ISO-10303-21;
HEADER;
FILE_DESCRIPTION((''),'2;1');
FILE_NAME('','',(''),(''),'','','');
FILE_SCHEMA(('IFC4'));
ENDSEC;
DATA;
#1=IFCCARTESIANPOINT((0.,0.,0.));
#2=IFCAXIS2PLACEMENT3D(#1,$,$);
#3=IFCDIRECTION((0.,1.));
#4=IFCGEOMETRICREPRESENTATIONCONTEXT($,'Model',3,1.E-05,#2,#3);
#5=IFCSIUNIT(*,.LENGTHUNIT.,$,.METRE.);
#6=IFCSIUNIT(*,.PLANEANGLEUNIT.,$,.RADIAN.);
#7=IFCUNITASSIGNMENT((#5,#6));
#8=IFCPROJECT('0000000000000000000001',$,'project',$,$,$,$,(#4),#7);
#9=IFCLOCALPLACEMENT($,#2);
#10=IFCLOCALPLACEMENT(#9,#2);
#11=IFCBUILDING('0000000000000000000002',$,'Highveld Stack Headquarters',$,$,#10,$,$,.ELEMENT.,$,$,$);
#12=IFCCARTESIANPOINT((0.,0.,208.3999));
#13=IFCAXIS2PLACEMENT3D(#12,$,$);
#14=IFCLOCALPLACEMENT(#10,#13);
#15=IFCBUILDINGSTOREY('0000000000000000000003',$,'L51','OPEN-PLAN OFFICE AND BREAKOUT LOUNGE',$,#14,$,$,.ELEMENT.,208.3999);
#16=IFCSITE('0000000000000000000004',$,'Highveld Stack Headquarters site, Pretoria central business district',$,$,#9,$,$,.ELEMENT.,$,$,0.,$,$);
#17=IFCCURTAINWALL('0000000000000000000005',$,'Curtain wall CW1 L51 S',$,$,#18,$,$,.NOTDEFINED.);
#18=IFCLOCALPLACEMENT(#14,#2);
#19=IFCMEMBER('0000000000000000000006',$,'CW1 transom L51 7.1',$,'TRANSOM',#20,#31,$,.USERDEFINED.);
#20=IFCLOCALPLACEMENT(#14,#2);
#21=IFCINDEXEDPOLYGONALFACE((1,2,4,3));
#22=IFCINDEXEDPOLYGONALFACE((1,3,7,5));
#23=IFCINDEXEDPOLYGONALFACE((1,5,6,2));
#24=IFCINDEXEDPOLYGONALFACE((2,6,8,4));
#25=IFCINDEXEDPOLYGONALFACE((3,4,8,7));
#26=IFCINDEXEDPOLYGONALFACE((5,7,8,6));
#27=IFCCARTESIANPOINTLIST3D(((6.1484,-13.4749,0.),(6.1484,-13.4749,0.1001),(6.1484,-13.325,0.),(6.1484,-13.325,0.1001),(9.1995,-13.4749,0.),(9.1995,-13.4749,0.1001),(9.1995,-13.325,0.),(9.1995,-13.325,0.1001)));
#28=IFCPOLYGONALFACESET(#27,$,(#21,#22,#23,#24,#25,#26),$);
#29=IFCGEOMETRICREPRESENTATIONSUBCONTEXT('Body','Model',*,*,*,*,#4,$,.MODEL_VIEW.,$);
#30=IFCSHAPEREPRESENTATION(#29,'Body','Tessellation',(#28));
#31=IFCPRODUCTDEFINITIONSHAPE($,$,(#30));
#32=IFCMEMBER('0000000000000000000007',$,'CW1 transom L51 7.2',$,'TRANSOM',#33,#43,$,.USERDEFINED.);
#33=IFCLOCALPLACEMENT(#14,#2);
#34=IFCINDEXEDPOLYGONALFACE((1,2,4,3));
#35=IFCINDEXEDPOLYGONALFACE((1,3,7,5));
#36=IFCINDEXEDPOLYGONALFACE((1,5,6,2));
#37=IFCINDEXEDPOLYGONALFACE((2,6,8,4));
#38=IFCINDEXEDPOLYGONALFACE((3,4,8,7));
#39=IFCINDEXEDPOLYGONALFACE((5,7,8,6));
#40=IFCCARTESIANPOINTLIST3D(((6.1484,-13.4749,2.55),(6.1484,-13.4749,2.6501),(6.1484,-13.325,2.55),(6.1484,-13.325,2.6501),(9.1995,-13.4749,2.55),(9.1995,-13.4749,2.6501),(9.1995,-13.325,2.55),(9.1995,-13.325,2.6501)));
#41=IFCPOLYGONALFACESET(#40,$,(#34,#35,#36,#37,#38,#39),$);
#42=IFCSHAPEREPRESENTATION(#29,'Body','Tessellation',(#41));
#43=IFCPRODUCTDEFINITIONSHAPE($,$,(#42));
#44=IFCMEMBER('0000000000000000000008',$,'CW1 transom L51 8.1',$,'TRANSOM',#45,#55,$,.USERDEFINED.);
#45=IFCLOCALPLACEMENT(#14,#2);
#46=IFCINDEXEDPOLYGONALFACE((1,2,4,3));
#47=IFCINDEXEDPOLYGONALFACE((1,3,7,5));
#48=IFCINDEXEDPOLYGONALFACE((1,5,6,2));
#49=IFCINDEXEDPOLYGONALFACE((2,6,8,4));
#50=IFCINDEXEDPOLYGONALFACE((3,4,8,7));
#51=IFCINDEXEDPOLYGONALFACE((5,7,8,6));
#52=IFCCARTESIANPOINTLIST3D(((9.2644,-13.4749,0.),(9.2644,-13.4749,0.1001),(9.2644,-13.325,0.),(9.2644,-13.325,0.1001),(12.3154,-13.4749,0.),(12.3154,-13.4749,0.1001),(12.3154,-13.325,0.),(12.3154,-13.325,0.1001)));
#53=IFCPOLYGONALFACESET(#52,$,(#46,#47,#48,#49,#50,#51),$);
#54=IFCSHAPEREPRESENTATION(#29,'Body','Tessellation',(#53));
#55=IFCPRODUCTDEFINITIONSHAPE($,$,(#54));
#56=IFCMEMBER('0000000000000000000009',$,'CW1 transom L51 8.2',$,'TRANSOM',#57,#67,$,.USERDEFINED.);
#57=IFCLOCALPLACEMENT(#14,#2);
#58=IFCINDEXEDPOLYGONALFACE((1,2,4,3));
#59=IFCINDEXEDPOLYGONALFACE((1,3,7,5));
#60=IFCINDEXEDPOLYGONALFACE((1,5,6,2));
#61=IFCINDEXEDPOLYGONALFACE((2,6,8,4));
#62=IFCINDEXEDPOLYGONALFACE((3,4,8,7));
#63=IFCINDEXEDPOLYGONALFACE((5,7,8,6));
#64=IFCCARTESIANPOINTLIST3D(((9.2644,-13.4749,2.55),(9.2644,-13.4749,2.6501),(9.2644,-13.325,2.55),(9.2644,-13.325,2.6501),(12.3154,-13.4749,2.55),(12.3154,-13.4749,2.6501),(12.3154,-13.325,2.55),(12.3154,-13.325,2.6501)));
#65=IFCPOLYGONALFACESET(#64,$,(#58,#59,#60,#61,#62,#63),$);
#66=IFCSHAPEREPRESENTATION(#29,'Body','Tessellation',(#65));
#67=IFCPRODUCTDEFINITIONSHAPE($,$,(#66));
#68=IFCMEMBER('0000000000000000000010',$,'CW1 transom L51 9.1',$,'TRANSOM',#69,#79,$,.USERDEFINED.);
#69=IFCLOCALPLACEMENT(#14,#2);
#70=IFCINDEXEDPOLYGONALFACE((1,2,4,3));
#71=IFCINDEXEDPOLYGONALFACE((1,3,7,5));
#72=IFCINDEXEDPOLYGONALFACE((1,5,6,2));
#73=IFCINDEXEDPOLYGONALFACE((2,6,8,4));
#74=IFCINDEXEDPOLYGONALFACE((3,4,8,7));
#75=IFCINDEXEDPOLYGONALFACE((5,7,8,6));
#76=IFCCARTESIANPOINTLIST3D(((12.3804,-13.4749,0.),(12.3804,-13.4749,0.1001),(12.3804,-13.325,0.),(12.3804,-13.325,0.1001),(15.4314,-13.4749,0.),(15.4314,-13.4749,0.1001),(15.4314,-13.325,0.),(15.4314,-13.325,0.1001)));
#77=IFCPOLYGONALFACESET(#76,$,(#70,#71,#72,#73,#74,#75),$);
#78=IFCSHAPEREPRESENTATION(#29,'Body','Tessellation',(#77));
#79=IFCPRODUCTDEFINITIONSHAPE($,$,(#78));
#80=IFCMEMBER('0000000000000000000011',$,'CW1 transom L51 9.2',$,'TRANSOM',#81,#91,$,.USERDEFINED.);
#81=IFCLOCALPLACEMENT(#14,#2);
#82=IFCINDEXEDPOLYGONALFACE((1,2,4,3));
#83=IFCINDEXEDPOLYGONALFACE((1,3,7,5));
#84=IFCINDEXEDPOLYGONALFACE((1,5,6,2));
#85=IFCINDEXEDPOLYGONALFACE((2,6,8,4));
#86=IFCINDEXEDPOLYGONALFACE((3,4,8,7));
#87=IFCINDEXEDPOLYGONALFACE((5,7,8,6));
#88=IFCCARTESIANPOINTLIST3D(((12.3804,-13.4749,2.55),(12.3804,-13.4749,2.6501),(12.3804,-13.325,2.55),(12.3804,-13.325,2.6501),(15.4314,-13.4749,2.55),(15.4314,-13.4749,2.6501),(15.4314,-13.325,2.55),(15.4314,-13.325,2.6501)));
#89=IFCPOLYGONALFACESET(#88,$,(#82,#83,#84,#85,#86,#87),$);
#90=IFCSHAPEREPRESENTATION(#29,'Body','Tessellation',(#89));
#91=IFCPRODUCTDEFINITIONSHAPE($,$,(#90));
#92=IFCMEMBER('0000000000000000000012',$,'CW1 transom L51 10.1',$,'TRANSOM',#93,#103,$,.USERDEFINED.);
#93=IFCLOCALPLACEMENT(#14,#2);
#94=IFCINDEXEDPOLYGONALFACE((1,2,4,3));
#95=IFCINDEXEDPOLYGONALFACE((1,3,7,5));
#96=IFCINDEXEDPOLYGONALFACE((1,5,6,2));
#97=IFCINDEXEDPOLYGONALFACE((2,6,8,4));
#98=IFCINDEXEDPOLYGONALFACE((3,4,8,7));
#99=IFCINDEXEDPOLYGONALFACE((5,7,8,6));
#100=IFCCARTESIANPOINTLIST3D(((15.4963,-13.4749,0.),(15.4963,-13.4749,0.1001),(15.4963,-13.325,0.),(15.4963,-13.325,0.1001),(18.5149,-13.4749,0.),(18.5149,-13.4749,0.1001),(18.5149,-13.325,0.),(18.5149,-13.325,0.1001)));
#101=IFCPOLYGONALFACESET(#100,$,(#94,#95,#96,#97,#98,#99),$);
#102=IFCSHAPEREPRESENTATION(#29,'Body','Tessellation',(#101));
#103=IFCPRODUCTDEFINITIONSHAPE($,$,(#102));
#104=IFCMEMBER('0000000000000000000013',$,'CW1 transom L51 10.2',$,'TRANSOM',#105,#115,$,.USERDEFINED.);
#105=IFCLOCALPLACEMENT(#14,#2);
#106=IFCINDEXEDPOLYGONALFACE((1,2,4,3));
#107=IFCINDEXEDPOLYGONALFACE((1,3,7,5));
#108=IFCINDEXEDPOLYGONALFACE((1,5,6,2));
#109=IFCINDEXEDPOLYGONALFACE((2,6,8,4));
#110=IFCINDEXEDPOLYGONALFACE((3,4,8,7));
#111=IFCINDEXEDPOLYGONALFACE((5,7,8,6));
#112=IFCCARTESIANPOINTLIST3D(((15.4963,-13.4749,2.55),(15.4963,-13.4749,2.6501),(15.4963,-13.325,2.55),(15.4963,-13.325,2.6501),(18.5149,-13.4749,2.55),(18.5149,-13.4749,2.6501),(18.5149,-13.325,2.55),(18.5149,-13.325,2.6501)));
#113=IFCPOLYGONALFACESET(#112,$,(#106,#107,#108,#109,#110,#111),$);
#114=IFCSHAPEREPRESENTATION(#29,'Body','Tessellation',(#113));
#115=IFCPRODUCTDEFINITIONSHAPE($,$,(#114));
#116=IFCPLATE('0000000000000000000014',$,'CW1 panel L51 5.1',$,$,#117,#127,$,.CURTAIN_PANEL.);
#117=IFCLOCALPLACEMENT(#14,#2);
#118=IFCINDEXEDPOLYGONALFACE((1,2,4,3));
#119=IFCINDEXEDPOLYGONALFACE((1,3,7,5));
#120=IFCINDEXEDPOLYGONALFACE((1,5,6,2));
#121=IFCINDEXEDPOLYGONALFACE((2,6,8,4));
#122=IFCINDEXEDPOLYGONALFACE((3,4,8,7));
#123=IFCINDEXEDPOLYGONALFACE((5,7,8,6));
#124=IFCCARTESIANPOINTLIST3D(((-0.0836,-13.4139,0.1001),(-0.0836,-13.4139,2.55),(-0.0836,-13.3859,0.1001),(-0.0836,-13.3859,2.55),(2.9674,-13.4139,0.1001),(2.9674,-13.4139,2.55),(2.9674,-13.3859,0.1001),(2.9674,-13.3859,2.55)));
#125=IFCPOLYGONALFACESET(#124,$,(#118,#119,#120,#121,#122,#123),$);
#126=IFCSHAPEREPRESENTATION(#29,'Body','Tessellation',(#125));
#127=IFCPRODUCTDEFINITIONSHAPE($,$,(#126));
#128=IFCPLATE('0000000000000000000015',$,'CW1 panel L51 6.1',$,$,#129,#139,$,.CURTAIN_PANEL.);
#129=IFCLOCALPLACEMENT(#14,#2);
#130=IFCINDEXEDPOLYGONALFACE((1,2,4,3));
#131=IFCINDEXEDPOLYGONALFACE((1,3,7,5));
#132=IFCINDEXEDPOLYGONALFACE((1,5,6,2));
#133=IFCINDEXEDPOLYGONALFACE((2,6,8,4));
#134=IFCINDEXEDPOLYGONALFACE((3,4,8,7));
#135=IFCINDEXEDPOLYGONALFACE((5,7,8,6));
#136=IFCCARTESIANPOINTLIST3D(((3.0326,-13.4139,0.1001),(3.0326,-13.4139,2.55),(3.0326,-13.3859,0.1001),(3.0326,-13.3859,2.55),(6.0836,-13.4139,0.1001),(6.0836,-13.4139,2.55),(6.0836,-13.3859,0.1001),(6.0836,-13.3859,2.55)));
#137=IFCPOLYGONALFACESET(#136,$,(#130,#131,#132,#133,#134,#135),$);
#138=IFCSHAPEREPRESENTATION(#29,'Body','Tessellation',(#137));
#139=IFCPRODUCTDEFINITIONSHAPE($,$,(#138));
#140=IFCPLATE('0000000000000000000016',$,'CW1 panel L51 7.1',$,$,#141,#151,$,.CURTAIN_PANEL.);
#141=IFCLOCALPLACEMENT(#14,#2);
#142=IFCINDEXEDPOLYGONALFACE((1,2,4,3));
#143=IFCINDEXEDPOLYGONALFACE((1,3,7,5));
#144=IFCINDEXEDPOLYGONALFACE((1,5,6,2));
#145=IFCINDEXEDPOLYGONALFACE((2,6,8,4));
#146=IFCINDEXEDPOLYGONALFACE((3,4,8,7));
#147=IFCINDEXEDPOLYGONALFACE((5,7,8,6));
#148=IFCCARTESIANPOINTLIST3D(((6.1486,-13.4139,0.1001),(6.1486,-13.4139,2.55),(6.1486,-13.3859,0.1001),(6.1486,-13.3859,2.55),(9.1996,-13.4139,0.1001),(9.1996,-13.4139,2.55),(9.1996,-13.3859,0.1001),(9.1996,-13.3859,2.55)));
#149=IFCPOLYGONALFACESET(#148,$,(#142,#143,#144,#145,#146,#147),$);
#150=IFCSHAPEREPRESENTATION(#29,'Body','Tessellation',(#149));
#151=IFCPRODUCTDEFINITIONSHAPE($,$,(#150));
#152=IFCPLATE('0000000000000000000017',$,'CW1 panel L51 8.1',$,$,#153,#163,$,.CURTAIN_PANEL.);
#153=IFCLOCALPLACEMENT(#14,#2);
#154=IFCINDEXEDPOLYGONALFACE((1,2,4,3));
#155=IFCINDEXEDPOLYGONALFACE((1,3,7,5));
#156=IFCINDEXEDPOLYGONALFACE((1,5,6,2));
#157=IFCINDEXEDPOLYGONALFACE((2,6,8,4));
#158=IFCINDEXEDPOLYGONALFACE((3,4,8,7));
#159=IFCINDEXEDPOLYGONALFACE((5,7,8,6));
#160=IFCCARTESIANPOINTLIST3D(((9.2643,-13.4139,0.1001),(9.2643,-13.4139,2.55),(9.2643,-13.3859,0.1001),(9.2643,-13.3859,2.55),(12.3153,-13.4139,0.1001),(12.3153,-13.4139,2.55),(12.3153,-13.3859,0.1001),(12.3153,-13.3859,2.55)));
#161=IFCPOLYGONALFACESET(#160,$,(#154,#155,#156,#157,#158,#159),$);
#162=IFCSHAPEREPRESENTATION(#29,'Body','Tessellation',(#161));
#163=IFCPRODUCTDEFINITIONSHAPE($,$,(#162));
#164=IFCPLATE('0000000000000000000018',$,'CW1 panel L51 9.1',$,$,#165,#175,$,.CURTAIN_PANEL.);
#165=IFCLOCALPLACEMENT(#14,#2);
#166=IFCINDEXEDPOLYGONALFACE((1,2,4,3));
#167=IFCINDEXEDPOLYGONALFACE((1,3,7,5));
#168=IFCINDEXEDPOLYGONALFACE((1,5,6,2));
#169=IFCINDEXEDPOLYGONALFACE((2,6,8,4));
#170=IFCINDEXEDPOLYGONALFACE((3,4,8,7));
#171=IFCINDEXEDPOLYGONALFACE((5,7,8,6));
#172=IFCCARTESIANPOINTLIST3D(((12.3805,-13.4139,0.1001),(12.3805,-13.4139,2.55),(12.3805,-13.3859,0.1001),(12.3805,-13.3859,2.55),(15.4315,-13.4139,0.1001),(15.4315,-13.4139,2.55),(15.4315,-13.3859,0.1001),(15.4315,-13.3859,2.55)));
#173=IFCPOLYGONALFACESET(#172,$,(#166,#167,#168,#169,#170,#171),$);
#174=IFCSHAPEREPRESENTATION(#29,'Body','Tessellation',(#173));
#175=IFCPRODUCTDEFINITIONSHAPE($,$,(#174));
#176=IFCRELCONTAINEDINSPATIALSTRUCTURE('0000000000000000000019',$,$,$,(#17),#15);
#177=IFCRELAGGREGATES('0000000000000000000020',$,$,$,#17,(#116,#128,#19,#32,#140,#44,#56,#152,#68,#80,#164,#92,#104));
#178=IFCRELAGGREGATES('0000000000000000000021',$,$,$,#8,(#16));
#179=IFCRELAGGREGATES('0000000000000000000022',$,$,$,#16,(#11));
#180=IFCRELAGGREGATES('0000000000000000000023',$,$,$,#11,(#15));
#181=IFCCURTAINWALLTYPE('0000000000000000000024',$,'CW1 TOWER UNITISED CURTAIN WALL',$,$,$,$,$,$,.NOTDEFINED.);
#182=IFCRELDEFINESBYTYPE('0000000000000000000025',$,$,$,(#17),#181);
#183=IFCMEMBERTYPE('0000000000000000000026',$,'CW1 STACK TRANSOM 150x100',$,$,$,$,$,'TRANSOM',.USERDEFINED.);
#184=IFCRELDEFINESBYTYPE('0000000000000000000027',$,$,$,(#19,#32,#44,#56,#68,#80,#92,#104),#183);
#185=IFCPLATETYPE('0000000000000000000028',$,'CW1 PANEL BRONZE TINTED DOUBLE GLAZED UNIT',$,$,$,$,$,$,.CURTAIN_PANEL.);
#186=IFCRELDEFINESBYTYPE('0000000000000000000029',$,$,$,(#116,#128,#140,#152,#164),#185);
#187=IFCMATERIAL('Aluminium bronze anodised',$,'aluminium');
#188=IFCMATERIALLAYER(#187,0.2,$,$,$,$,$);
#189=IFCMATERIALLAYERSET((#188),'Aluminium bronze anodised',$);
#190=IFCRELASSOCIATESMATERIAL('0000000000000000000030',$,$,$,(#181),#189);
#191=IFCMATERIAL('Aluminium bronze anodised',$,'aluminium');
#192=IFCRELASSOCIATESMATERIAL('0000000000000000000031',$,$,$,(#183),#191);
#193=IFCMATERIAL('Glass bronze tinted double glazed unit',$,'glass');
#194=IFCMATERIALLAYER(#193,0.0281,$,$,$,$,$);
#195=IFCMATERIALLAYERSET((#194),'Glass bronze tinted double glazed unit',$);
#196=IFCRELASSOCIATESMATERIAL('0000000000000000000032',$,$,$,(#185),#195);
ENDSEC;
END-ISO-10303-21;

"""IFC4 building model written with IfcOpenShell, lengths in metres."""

from ifc_helpers import new_model, si_unit, direction, frame, origin, origin_2d, place, context, subcontext, project, spatial, rectangle, extrude, material, layer, layer_set, material_profile, profile_set, type_object, element, aggregate, save


model = new_model("IFC4")

# Units and contexts
model_context = context("Model", 3, precision=1e-05, world=origin(), true_north=direction((0.0, 1.0)))
body_context = subcontext(model_context, "Body", "Model", "MODEL_VIEW")
ifc_project = project(units=[si_unit("LENGTHUNIT", "METRE"), si_unit("PLANEANGLEUNIT", "RADIAN")], contexts=[model_context])

# Site, building, storey
site_placement = place(None, origin())
site = spatial("IfcSite", under=ifc_project, at=site_placement, Name="Highveld Stack Headquarters site, Pretoria central business district", CompositionType="ELEMENT", RefElevation=0.0)
building_placement = place(site_placement, origin())
building = spatial("IfcBuilding", under=site, at=building_placement, Name="Highveld Stack Headquarters", CompositionType="ELEMENT")
storey_placement = place(building_placement, frame((0.0, 0.0, 208.3999)))
storey = spatial("IfcBuildingStorey", under=building, at=storey_placement, Name="L51", Description="OPEN-PLAN OFFICE AND BREAKOUT LOUNGE", CompositionType="ELEMENT", Elevation=208.3999)

# Curtain wall, members, plates
ifc_material_1 = material(Name="Aluminium bronze anodised", Category="aluminium")
ifc_layer_1 = layer(ifc_material_1, 0.2)
ifc_layer_set_1 = layer_set([ifc_layer_1], Name="Aluminium bronze anodised")
curtain_wall_type = type_object("IfcCurtainWallType", Name="CW1 TOWER UNITISED CURTAIN WALL", PredefinedType="NOTDEFINED", material=ifc_layer_set_1)
curtain_wall_placement = place(storey_placement, origin())
curtain_wall = element("IfcCurtainWall", 1, at=curtain_wall_placement, inside=storey, type_object=curtain_wall_type, Name="Curtain wall CW1 L51 S", PredefinedType="NOTDEFINED")
ifc_material_2 = material(Name="Aluminium bronze anodised", Category="aluminium")
ifc_material_profile_1 = material_profile(ifc_material_2, rectangle(XDim=0.1499, YDim=0.1001, at=origin_2d()), Name="CW1 TRANSOM 150x100")
ifc_profile_set_1 = profile_set([ifc_material_profile_1], Name="Aluminium bronze anodised")
member_type_1 = type_object("IfcMemberType", Name="CW1 STACK TRANSOM 150x100", ElementType="TRANSOM", PredefinedType="USERDEFINED", material=ifc_profile_set_1)
member_1_placement = place(storey_placement, frame((6.1484, -13.3999, 0.05), z_axis=(1.0, 0.0, 0.0), x_axis=(0.0, 1.0, 0.0)))
member_1 = element("IfcMember", 2, at=member_1_placement, type_object=member_type_1, Name="CW1 transom L51 7.1", ObjectType="TRANSOM", PredefinedType="USERDEFINED", context=body_context, shape_type="SweptSolid", body=[
    extrude(rectangle(XDim=0.1499, YDim=0.1001, at=origin_2d()), origin(), (0.0, 0.0, 1.0), 3.051),
])
member_2_placement = place(storey_placement, frame((6.1484, -13.3999, 2.6001), z_axis=(1.0, 0.0, 0.0), x_axis=(0.0, 1.0, 0.0)))
member_2 = element("IfcMember", 3, at=member_2_placement, type_object=member_type_1, Name="CW1 transom L51 7.2", ObjectType="TRANSOM", PredefinedType="USERDEFINED", context=body_context, shape_type="SweptSolid", body=[
    extrude(rectangle(XDim=0.1499, YDim=0.1001, at=origin_2d()), origin(), (0.0, 0.0, 1.0), 3.051),
])
member_3_placement = place(storey_placement, frame((9.2644, -13.3999, 0.05), z_axis=(1.0, 0.0, 0.0), x_axis=(0.0, 1.0, 0.0)))
member_3 = element("IfcMember", 4, at=member_3_placement, type_object=member_type_1, Name="CW1 transom L51 8.1", ObjectType="TRANSOM", PredefinedType="USERDEFINED", context=body_context, shape_type="SweptSolid", body=[
    extrude(rectangle(XDim=0.1499, YDim=0.1001, at=origin_2d()), origin(), (0.0, 0.0, 1.0), 3.051),
])
member_4_placement = place(storey_placement, frame((9.2644, -13.3999, 2.6001), z_axis=(1.0, 0.0, 0.0), x_axis=(0.0, 1.0, 0.0)))
member_4 = element("IfcMember", 5, at=member_4_placement, type_object=member_type_1, Name="CW1 transom L51 8.2", ObjectType="TRANSOM", PredefinedType="USERDEFINED", context=body_context, shape_type="SweptSolid", body=[
    extrude(rectangle(XDim=0.1499, YDim=0.1001, at=origin_2d()), origin(), (0.0, 0.0, 1.0), 3.051),
])
member_5_placement = place(storey_placement, frame((12.3804, -13.3999, 0.05), z_axis=(1.0, 0.0, 0.0), x_axis=(0.0, 1.0, 0.0)))
member_5 = element("IfcMember", 6, at=member_5_placement, type_object=member_type_1, Name="CW1 transom L51 9.1", ObjectType="TRANSOM", PredefinedType="USERDEFINED", context=body_context, shape_type="SweptSolid", body=[
    extrude(rectangle(XDim=0.1499, YDim=0.1001, at=origin_2d()), origin(), (0.0, 0.0, 1.0), 3.051),
])
member_6_placement = place(storey_placement, frame((12.3804, -13.3999, 2.6001), z_axis=(1.0, 0.0, 0.0), x_axis=(0.0, 1.0, 0.0)))
member_6 = element("IfcMember", 7, at=member_6_placement, type_object=member_type_1, Name="CW1 transom L51 9.2", ObjectType="TRANSOM", PredefinedType="USERDEFINED", context=body_context, shape_type="SweptSolid", body=[
    extrude(rectangle(XDim=0.1499, YDim=0.1001, at=origin_2d()), origin(), (0.0, 0.0, 1.0), 3.051),
])
member_7_placement = place(storey_placement, frame((15.4963, -13.3999, 0.05), z_axis=(1.0, 0.0, 0.0), x_axis=(0.0, 1.0, 0.0)))
member_7 = element("IfcMember", 8, at=member_7_placement, type_object=member_type_1, Name="CW1 transom L51 10.1", ObjectType="TRANSOM", PredefinedType="USERDEFINED", context=body_context, shape_type="SweptSolid", body=[
    extrude(rectangle(XDim=0.1499, YDim=0.1001, at=origin_2d()), origin(), (0.0, 0.0, 1.0), 3.0186),
])
member_8_placement = place(storey_placement, frame((15.4963, -13.3999, 2.6001), z_axis=(1.0, 0.0, 0.0), x_axis=(0.0, 1.0, 0.0)))
member_8 = element("IfcMember", 9, at=member_8_placement, type_object=member_type_1, Name="CW1 transom L51 10.2", ObjectType="TRANSOM", PredefinedType="USERDEFINED", context=body_context, shape_type="SweptSolid", body=[
    extrude(rectangle(XDim=0.1499, YDim=0.1001, at=origin_2d()), origin(), (0.0, 0.0, 1.0), 3.0186),
])
ifc_material_3 = material(Name="Glass bronze tinted double glazed unit", Category="glass")
ifc_layer_2 = layer(ifc_material_3, 0.0281)
ifc_layer_set_2 = layer_set([ifc_layer_2], Name="Glass bronze tinted double glazed unit")
plate_type = type_object("IfcPlateType", Name="CW1 PANEL BRONZE TINTED DOUBLE GLAZED UNIT", PredefinedType="CURTAIN_PANEL", material=ifc_layer_set_2)
plate_1_placement = place(storey_placement, frame((1.4419, -13.3999, 0.1001), z_axis=(0.0, 0.0, 1.0), x_axis=(1.0, 0.0, 0.0)))
plate_1 = element("IfcPlate", 10, at=plate_1_placement, type_object=plate_type, Name="CW1 panel L51 5.1", PredefinedType="CURTAIN_PANEL", context=body_context, shape_type="SweptSolid", body=[
    extrude(rectangle(XDim=3.051, YDim=0.0281, at=origin_2d()), origin(), (0.0, 0.0, 1.0), 2.45),
])
plate_2_placement = place(storey_placement, frame((4.5581, -13.3999, 0.1001), z_axis=(0.0, 0.0, 1.0), x_axis=(1.0, 0.0, 0.0)))
plate_2 = element("IfcPlate", 11, at=plate_2_placement, type_object=plate_type, Name="CW1 panel L51 6.1", PredefinedType="CURTAIN_PANEL", context=body_context, shape_type="SweptSolid", body=[
    extrude(rectangle(XDim=3.051, YDim=0.0281, at=origin_2d()), origin(), (0.0, 0.0, 1.0), 2.45),
])
plate_3_placement = place(storey_placement, frame((7.6741, -13.3999, 0.1001), z_axis=(0.0, 0.0, 1.0), x_axis=(1.0, 0.0, 0.0)))
plate_3 = element("IfcPlate", 12, at=plate_3_placement, type_object=plate_type, Name="CW1 panel L51 7.1", PredefinedType="CURTAIN_PANEL", context=body_context, shape_type="SweptSolid", body=[
    extrude(rectangle(XDim=3.051, YDim=0.0281, at=origin_2d()), origin(), (0.0, 0.0, 1.0), 2.45),
])
plate_4_placement = place(storey_placement, frame((10.7898, -13.3999, 0.1001), z_axis=(0.0, 0.0, 1.0), x_axis=(1.0, 0.0, 0.0)))
plate_4 = element("IfcPlate", 13, at=plate_4_placement, type_object=plate_type, Name="CW1 panel L51 8.1", PredefinedType="CURTAIN_PANEL", context=body_context, shape_type="SweptSolid", body=[
    extrude(rectangle(XDim=3.051, YDim=0.0281, at=origin_2d()), origin(), (0.0, 0.0, 1.0), 2.45),
])
plate_5_placement = place(storey_placement, frame((13.906, -13.3999, 0.1001), z_axis=(0.0, 0.0, 1.0), x_axis=(1.0, 0.0, 0.0)))
plate_5 = element("IfcPlate", 14, at=plate_5_placement, type_object=plate_type, Name="CW1 panel L51 9.1", PredefinedType="CURTAIN_PANEL", context=body_context, shape_type="SweptSolid", body=[
    extrude(rectangle(XDim=3.051, YDim=0.0281, at=origin_2d()), origin(), (0.0, 0.0, 1.0), 2.45),
])
aggregate(curtain_wall, [plate_1, plate_2, member_1, member_2, plate_3, member_3, member_4, plate_4, member_5, member_6, plate_5, member_7, member_8])

save(model, "model.ifc")
